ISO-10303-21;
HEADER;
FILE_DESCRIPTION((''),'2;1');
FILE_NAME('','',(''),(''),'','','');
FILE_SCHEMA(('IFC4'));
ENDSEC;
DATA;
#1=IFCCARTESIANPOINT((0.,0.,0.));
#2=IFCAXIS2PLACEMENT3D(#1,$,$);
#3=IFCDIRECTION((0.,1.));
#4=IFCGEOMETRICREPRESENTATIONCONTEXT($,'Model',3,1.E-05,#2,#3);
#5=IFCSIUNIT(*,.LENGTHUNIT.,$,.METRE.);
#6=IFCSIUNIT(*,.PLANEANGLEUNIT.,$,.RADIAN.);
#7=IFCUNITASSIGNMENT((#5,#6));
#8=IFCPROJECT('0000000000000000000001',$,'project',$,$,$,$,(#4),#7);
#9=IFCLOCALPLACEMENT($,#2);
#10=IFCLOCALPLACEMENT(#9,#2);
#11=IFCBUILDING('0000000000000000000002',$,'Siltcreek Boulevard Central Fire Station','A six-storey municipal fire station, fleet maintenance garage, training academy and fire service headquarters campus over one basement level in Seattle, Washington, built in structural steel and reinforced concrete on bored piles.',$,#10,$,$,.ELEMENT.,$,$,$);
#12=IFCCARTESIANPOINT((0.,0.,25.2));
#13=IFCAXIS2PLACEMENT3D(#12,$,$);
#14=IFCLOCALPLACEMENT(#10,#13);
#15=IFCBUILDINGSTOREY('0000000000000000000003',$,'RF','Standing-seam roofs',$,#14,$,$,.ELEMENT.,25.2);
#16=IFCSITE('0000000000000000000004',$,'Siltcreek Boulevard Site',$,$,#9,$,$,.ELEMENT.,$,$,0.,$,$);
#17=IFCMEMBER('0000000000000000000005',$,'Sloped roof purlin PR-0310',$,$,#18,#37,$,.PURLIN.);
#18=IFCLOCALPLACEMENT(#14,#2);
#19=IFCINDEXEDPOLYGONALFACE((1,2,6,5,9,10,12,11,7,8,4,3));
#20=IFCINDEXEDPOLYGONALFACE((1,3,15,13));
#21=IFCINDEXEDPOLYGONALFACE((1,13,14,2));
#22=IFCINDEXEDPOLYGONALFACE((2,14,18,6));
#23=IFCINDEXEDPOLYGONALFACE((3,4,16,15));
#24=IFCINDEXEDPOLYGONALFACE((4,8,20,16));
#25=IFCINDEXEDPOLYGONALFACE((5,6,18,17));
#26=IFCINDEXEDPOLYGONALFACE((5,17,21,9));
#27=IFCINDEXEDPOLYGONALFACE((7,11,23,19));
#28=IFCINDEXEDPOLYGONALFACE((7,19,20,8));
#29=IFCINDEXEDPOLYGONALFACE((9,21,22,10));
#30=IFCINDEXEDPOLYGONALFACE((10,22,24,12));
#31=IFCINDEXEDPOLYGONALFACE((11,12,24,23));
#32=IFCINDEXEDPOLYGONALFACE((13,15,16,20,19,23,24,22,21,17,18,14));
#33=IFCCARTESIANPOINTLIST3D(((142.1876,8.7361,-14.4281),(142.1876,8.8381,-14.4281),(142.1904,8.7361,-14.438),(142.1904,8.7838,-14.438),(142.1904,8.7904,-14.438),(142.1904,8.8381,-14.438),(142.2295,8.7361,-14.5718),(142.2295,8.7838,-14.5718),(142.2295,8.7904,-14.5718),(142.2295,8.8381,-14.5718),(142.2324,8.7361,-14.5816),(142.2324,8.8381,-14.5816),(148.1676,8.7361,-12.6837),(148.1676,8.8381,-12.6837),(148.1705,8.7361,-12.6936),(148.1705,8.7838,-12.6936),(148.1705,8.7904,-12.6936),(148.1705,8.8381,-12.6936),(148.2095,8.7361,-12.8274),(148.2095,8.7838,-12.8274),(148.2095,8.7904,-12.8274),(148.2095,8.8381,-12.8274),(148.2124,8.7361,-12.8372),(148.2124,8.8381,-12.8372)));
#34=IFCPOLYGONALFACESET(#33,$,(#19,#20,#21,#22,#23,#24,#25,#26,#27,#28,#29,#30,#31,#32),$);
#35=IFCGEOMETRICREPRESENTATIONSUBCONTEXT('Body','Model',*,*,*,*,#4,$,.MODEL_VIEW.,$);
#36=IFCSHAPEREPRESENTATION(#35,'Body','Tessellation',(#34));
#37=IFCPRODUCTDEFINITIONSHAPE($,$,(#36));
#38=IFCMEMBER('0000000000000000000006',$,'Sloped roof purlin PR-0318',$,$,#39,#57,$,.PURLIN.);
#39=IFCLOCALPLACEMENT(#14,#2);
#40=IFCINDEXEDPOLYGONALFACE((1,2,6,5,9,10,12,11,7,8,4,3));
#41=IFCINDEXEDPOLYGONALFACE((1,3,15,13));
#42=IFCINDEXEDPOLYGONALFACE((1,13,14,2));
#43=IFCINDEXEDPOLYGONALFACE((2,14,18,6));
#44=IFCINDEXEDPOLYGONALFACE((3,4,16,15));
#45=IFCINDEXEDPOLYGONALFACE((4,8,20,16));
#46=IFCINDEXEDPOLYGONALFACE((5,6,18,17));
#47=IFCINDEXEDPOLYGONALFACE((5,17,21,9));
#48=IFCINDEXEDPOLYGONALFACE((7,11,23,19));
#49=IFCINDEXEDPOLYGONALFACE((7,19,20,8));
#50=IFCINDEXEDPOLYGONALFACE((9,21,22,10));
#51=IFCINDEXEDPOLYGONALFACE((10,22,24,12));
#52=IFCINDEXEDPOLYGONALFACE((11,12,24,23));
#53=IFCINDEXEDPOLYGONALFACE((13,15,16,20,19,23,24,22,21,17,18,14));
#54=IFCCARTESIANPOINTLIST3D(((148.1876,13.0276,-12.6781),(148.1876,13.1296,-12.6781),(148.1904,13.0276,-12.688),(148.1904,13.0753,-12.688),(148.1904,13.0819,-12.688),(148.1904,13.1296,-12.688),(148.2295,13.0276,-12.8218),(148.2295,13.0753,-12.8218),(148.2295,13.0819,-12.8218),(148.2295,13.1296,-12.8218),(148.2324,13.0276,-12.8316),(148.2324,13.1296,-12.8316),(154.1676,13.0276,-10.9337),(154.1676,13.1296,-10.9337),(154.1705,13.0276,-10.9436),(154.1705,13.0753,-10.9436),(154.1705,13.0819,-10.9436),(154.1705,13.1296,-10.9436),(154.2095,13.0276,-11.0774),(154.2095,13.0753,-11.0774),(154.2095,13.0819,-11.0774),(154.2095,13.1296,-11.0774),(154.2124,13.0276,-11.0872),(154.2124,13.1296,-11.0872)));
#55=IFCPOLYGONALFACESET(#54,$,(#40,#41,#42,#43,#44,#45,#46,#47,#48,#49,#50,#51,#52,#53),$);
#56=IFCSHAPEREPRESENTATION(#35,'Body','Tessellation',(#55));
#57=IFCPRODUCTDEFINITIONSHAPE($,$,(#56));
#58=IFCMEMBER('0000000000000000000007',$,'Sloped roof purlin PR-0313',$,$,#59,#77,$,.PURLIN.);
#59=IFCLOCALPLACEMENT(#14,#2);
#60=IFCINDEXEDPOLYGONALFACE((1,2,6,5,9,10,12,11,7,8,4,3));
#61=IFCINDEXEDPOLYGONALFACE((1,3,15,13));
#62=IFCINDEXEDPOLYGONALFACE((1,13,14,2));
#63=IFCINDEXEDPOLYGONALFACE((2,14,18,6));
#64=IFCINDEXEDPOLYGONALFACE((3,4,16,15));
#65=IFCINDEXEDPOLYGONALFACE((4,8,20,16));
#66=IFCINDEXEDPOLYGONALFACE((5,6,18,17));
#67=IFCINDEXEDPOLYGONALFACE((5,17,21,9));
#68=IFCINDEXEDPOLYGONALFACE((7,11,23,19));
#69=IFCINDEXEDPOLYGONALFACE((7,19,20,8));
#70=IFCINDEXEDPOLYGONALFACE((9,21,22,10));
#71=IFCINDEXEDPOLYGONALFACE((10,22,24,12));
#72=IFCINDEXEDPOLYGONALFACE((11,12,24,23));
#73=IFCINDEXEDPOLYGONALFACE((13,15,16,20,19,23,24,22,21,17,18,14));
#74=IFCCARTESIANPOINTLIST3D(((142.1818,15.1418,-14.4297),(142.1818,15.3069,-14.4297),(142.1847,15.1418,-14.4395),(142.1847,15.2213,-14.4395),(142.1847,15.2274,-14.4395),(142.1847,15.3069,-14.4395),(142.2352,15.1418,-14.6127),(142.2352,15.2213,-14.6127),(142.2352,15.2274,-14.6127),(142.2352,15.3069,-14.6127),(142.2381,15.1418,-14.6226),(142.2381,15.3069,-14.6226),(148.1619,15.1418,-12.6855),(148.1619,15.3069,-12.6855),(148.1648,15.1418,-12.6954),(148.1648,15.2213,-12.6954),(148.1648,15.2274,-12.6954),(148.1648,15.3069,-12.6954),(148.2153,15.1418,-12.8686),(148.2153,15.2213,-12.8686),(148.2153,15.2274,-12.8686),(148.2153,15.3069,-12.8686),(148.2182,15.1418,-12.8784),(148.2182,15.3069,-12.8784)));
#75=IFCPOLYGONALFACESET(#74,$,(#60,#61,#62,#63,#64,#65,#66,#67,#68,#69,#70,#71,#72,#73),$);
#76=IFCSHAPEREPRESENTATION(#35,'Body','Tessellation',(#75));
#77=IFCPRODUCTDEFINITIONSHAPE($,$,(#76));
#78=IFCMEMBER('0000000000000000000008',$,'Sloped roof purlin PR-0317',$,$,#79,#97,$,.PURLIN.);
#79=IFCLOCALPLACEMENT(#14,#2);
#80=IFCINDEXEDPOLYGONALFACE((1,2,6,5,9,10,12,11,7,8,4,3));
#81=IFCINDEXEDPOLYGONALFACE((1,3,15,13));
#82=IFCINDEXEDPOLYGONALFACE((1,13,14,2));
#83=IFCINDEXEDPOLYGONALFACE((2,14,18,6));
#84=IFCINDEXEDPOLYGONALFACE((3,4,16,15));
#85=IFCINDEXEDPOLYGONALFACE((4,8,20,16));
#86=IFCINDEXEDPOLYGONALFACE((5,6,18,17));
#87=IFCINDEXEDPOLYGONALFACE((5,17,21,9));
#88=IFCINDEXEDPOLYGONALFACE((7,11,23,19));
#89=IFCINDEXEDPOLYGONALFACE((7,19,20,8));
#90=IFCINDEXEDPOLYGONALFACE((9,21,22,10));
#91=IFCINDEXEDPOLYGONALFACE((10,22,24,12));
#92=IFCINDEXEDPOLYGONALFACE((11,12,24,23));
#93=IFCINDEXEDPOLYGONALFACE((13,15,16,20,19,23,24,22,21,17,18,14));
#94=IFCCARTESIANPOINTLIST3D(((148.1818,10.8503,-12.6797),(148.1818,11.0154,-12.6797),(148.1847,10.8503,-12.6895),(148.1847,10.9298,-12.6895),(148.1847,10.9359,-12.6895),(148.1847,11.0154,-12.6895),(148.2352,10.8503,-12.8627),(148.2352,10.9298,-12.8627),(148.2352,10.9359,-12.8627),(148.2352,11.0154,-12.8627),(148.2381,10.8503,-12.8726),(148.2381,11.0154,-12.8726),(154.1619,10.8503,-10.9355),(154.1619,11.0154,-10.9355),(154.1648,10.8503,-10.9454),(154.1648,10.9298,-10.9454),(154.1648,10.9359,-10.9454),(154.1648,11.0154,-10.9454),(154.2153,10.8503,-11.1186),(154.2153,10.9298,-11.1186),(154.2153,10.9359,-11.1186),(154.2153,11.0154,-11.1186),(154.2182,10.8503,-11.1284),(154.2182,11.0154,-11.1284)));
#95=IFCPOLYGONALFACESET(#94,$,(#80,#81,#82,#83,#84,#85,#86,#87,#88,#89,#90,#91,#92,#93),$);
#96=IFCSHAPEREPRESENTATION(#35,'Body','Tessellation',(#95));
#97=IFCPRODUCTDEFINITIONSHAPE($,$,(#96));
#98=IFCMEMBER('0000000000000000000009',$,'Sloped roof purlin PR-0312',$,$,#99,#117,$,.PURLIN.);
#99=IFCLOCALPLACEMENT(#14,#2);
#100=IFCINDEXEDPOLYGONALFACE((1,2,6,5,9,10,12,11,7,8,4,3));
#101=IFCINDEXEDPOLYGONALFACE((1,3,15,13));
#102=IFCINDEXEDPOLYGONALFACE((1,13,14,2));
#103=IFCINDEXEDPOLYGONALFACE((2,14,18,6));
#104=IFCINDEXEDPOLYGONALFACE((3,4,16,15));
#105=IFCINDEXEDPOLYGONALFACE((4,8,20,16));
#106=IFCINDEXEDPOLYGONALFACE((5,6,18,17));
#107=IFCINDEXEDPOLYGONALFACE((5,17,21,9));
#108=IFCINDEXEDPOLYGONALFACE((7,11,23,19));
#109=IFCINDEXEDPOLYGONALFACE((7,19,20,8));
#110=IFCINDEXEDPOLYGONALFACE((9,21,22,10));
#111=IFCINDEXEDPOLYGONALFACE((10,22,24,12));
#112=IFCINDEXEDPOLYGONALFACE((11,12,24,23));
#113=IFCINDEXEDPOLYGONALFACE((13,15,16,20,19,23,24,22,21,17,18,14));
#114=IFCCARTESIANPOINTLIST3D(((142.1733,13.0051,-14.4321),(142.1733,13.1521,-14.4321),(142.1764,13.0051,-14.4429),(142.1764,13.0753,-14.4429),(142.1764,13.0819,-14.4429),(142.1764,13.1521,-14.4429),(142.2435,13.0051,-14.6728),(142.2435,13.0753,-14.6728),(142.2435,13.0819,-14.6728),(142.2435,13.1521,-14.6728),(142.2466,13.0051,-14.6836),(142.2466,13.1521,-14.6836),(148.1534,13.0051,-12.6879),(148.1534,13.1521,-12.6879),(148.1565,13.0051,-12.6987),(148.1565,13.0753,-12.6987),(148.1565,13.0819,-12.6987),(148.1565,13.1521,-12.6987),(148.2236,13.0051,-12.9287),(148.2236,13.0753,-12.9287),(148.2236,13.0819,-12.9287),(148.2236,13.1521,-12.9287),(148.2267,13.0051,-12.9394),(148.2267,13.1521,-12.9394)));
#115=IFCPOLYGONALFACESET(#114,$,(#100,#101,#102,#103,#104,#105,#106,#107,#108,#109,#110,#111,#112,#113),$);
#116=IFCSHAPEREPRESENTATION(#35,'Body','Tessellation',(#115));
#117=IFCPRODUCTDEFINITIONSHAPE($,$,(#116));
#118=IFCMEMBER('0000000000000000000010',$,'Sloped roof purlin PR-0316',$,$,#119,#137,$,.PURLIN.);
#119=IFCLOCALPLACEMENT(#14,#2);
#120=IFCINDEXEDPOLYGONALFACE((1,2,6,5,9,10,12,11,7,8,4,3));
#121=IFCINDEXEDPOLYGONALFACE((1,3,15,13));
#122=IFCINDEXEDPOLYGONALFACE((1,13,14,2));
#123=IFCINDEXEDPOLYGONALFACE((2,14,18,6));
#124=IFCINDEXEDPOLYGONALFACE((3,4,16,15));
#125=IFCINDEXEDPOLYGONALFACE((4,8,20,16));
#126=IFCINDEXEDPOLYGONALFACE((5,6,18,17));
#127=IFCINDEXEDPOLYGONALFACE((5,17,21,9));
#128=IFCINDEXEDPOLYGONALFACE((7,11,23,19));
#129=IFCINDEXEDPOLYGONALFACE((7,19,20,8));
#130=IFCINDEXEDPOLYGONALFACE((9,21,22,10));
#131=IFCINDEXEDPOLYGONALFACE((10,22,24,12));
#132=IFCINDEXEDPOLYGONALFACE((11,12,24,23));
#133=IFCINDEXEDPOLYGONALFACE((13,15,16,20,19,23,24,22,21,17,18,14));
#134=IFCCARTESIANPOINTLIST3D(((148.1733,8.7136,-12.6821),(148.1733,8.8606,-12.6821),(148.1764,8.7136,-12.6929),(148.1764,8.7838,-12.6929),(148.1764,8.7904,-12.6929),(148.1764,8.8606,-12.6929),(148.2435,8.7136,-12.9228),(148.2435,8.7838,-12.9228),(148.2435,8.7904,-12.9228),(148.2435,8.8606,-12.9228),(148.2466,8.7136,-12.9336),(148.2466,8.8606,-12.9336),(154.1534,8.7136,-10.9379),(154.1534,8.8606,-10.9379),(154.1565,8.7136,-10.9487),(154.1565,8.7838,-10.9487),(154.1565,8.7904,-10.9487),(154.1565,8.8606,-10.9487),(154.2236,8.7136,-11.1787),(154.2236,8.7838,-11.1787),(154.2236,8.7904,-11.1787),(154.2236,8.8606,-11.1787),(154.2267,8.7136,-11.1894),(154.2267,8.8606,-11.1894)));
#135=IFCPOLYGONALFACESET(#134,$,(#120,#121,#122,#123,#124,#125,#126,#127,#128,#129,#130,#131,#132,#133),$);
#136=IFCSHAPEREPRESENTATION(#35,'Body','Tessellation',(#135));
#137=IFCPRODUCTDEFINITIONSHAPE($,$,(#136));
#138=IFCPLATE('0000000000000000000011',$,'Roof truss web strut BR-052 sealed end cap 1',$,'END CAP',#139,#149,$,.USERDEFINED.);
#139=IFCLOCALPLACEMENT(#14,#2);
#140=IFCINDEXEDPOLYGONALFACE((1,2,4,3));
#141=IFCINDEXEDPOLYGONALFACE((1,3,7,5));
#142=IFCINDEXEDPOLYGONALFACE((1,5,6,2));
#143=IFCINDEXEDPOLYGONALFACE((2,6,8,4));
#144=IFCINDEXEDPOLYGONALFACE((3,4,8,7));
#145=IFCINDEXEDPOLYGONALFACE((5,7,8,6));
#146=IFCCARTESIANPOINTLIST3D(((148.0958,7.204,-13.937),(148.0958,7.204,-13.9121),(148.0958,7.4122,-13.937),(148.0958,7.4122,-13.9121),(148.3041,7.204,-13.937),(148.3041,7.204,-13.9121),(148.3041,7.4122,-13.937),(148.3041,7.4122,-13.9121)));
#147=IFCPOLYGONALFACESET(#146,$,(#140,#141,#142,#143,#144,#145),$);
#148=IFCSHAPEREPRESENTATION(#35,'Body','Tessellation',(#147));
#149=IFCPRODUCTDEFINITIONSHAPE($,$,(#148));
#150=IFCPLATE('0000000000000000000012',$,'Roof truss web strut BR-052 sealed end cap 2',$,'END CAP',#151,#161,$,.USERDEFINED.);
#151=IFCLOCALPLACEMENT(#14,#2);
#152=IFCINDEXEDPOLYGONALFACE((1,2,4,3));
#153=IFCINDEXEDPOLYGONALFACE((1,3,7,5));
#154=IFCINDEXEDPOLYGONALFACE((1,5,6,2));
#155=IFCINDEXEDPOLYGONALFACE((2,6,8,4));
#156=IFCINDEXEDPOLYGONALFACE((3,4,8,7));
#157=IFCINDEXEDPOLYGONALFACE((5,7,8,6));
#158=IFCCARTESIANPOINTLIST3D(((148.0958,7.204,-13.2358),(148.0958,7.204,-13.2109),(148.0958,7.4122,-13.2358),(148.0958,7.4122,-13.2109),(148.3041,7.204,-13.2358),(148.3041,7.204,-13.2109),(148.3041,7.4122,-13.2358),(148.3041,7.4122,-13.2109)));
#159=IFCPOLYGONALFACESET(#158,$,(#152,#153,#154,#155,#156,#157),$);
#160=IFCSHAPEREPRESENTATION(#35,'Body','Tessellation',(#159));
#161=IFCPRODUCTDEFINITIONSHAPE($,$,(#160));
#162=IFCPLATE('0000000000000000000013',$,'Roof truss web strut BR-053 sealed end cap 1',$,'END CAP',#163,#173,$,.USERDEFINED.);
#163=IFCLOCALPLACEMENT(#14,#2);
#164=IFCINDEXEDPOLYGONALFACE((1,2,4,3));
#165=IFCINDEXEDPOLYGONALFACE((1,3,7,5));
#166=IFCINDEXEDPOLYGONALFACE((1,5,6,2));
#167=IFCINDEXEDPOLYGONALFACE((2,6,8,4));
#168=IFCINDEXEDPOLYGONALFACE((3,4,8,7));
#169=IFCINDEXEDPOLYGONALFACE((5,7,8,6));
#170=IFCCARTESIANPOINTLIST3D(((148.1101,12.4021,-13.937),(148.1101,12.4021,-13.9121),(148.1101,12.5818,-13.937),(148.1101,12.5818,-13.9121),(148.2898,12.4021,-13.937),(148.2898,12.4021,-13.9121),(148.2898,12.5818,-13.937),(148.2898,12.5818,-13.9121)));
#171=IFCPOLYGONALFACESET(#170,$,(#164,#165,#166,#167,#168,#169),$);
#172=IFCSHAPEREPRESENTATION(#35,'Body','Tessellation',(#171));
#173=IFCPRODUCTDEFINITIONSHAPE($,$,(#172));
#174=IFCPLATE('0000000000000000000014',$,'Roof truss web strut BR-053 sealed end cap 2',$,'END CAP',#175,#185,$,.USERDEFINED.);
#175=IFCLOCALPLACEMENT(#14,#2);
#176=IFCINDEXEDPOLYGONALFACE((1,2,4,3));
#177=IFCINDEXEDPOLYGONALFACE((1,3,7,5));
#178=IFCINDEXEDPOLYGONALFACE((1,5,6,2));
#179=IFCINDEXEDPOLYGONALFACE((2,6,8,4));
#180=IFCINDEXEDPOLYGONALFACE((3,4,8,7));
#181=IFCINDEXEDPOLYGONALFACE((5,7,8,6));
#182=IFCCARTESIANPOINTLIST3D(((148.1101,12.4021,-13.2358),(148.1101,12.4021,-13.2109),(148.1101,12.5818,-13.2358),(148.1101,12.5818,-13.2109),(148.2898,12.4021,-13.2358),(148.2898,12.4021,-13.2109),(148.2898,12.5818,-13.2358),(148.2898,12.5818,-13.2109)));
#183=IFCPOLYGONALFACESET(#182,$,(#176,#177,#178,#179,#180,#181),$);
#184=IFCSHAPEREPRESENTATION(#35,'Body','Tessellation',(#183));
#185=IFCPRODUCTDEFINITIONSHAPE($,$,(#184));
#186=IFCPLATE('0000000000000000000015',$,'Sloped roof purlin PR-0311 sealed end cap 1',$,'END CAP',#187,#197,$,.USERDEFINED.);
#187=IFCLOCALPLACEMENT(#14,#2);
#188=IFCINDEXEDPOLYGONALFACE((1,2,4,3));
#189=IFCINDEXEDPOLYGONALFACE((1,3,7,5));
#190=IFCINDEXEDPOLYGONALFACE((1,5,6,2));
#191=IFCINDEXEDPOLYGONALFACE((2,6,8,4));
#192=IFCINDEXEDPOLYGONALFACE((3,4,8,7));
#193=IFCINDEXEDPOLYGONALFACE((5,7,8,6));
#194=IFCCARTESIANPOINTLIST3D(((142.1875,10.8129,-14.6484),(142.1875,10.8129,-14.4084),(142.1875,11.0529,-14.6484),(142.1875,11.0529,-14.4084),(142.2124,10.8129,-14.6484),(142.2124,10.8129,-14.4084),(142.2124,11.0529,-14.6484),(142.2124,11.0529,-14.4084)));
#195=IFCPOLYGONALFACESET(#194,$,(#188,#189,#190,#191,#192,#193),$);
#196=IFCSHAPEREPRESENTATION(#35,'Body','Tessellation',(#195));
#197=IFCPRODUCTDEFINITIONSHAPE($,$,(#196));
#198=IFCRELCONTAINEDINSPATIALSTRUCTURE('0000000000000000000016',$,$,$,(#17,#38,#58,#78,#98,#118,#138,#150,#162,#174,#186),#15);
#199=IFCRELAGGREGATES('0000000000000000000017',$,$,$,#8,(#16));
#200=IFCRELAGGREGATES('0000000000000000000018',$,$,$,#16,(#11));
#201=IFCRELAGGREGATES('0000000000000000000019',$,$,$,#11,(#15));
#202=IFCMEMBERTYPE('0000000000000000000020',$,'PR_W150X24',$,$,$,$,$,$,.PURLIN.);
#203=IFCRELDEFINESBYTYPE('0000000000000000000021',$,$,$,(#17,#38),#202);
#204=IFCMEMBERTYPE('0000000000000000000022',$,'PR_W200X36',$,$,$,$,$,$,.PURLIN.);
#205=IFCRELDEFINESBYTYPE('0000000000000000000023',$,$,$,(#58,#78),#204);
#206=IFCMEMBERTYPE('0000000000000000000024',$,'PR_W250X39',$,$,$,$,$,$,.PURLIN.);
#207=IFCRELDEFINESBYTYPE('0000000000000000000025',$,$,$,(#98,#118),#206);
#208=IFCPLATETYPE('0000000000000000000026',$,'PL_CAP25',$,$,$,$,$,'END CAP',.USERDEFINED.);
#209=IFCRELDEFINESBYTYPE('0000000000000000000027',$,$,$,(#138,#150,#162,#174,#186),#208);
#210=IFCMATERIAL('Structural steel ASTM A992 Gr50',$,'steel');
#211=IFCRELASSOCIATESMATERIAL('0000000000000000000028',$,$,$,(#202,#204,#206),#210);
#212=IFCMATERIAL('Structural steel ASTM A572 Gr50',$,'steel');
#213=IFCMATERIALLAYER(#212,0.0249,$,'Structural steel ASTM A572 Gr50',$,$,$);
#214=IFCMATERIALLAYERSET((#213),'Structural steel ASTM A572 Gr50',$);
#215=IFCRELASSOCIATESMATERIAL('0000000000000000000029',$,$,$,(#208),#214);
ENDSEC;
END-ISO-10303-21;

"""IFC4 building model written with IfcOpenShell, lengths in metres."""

from ifc_helpers import new_model, si_unit, direction, frame, origin, origin_2d, place, context, subcontext, project, spatial, rectangle, i_section, extrude, material, layer, layer_set, material_profile, profile_set, type_object, element, save


model = new_model("IFC4")

# Units and contexts
model_context = context("Model", 3, precision=1e-05, world=origin(), true_north=direction((0.0, 1.0)))
body_context = subcontext(model_context, "Body", "Model", "MODEL_VIEW")
ifc_project = project(units=[si_unit("LENGTHUNIT", "METRE"), si_unit("PLANEANGLEUNIT", "RADIAN")], contexts=[model_context])

# Site, building, storey
site_placement = place(None, origin())
site = spatial("IfcSite", under=ifc_project, at=site_placement, Name="Siltcreek Boulevard Site", CompositionType="ELEMENT", RefElevation=0.0)
building_placement = place(site_placement, origin())
building = spatial("IfcBuilding", under=site, at=building_placement, Name="Siltcreek Boulevard Central Fire Station", Description="A six-storey municipal fire station, fleet maintenance garage, training academy and fire service headquarters campus over one basement level in Seattle, Washington, built in structural steel and reinforced concrete on bored piles.", CompositionType="ELEMENT")
storey_placement = place(building_placement, frame((0.0, 0.0, 25.2)))
storey = spatial("IfcBuildingStorey", under=building, at=storey_placement, Name="RF", Description="Standing-seam roofs", CompositionType="ELEMENT", Elevation=25.2)

# Members
ifc_material_1 = material(Name="Structural steel ASTM A992 Gr50", Category="steel")
ifc_material_profile_1 = material_profile(ifc_material_1, i_section(OverallWidth=0.1021, OverallDepth=0.1599, WebThickness=0.0066, FlangeThickness=0.0103, at=origin_2d()), Name="W150X24")
ifc_profile_set_1 = profile_set([ifc_material_profile_1], Name="Structural steel ASTM A992 Gr50")
member_type_1 = type_object("IfcMemberType", Name="PR_W150X24", PredefinedType="PURLIN", material=ifc_profile_set_1)
for number, where, z_axis, x_axis, name in (
    (1, (142.21, 8.7871, -14.5049), (0.95999, 0.0, 0.280033), (0.0, 1.0, 0.0), "Sloped roof purlin PR-0310"),
    (2, (148.21, 13.0786, -12.7549), (0.95999, 0.0, 0.280033), (0.0, 1.0, 0.0), "Sloped roof purlin PR-0318"),
):
    element("IfcMember", number, at=place(storey_placement, frame(where, z_axis=z_axis, x_axis=x_axis)), inside=storey, type_object=member_type_1, Name=name, PredefinedType="PURLIN", context=body_context, shape_type="SweptSolid", body=[
        extrude(i_section(OverallWidth=0.1021, OverallDepth=0.1599, WebThickness=0.0066, FlangeThickness=0.0103, at=origin_2d()), origin(), (0.0, 0.0, 1.0), 6.2292),
    ])
ifc_material_profile_2 = material_profile(ifc_material_1, i_section(OverallWidth=0.165, OverallDepth=0.2009, WebThickness=0.0061, FlangeThickness=0.0103, at=origin_2d()), Name="W200X36")
ifc_profile_set_2 = profile_set([ifc_material_profile_2], Name="Structural steel ASTM A992 Gr50")
member_type_2 = type_object("IfcMemberType", Name="PR_W200X36", PredefinedType="PURLIN", material=ifc_profile_set_2)
for number, where, z_axis, x_axis, name in (
    (3, (142.21, 15.2244, -14.5261), (0.960001, 0.0, 0.279997), (0.0, 1.0, 0.0), "Sloped roof purlin PR-0313"),
    (4, (148.21, 10.9329, -12.7761), (0.960001, 0.0, 0.279997), (0.0, 1.0, 0.0), "Sloped roof purlin PR-0317"),
):
    element("IfcMember", number, at=place(storey_placement, frame(where, z_axis=z_axis, x_axis=x_axis)), inside=storey, type_object=member_type_2, Name=name, PredefinedType="PURLIN", context=body_context, shape_type="SweptSolid", body=[
        extrude(i_section(OverallWidth=0.165, OverallDepth=0.2009, WebThickness=0.0061, FlangeThickness=0.0103, at=origin_2d()), origin(), (0.0, 0.0, 1.0), 6.2292),
    ])
ifc_material_profile_3 = material_profile(ifc_material_1, i_section(OverallWidth=0.147, OverallDepth=0.262, WebThickness=0.0066, FlangeThickness=0.0112, at=origin_2d()), Name="W250X39")
ifc_profile_set_3 = profile_set([ifc_material_profile_3], Name="Structural steel ASTM A992 Gr50")
member_type_3 = type_object("IfcMemberType", Name="PR_W250X39", PredefinedType="PURLIN", material=ifc_profile_set_3)
for number, where, z_axis, x_axis, name in (
    (5, (142.21, 13.0786, -14.5579), (0.960001, 0.0, 0.279997), (0.0, 1.0, 0.0), "Sloped roof purlin PR-0312"),
    (6, (148.21, 8.7871, -12.8079), (0.960001, 0.0, 0.279997), (0.0, 1.0, 0.0), "Sloped roof purlin PR-0316"),
):
    element("IfcMember", number, at=place(storey_placement, frame(where, z_axis=z_axis, x_axis=x_axis)), inside=storey, type_object=member_type_3, Name=name, PredefinedType="PURLIN", context=body_context, shape_type="SweptSolid", body=[
        extrude(i_section(OverallWidth=0.147, OverallDepth=0.262, WebThickness=0.0066, FlangeThickness=0.0112, at=origin_2d()), origin(), (0.0, 0.0, 1.0), 6.2292),
    ])

# Plates
ifc_material_2 = material(Name="Structural steel ASTM A572 Gr50", Category="steel")
ifc_layer_1 = layer(ifc_material_2, 0.0249, Name="Structural steel ASTM A572 Gr50")
ifc_layer_set_1 = layer_set([ifc_layer_1], Name="Structural steel ASTM A572 Gr50")
plate_type = type_object("IfcPlateType", Name="PL_CAP25", ElementType="END CAP", PredefinedType="USERDEFINED", material=ifc_layer_set_1)
for number, where, z_axis, x_axis, name in (
    (7, (148.2, 7.3081, -13.937), (0.0, 0.0, 1.0), (1.0, 0.0, 0.0), "Roof truss web strut BR-052 sealed end cap 1"),
    (8, (148.2, 7.3081, -13.2358), (0.0, 0.0, 1.0), (1.0, 0.0, 0.0), "Roof truss web strut BR-052 sealed end cap 2"),
):
    element("IfcPlate", number, at=place(storey_placement, frame(where, z_axis=z_axis, x_axis=x_axis)), inside=storey, type_object=plate_type, Name=name, ObjectType="END CAP", PredefinedType="USERDEFINED", context=body_context, shape_type="SweptSolid", body=[
        extrude(rectangle(XDim=0.2083, YDim=0.2083, at=origin_2d()), origin(), (0.0, 0.0, 1.0), 0.0249),
    ])
for number, where, z_axis, x_axis, name in (
    (9, (148.2, 12.4919, -13.937), (0.0, 0.0, 1.0), (1.0, 0.0, 0.0), "Roof truss web strut BR-053 sealed end cap 1"),
    (10, (148.2, 12.4919, -13.2358), (0.0, 0.0, 1.0), (1.0, 0.0, 0.0), "Roof truss web strut BR-053 sealed end cap 2"),
):
    element("IfcPlate", number, at=place(storey_placement, frame(where, z_axis=z_axis, x_axis=x_axis)), inside=storey, type_object=plate_type, Name=name, ObjectType="END CAP", PredefinedType="USERDEFINED", context=body_context, shape_type="SweptSolid", body=[
        extrude(rectangle(XDim=0.1797, YDim=0.1797, at=origin_2d()), origin(), (0.0, 0.0, 1.0), 0.0249),
    ])
for number, where, z_axis, x_axis, name in (
    (11, (142.2, 10.9329, -14.6484), (0.0, 0.0, 1.0), (1.0, 0.0, 0.0), "Sloped roof purlin PR-0311 sealed end cap 1"),
):
    element("IfcPlate", number, at=place(storey_placement, frame(where, z_axis=z_axis, x_axis=x_axis)), inside=storey, type_object=plate_type, Name=name, ObjectType="END CAP", PredefinedType="USERDEFINED", context=body_context, shape_type="SweptSolid", body=[
        extrude(rectangle(XDim=0.0249, YDim=0.24, at=origin_2d()), origin(), (0.0, 0.0, 1.0), 0.24),
    ])

save(model, "model.ifc")
